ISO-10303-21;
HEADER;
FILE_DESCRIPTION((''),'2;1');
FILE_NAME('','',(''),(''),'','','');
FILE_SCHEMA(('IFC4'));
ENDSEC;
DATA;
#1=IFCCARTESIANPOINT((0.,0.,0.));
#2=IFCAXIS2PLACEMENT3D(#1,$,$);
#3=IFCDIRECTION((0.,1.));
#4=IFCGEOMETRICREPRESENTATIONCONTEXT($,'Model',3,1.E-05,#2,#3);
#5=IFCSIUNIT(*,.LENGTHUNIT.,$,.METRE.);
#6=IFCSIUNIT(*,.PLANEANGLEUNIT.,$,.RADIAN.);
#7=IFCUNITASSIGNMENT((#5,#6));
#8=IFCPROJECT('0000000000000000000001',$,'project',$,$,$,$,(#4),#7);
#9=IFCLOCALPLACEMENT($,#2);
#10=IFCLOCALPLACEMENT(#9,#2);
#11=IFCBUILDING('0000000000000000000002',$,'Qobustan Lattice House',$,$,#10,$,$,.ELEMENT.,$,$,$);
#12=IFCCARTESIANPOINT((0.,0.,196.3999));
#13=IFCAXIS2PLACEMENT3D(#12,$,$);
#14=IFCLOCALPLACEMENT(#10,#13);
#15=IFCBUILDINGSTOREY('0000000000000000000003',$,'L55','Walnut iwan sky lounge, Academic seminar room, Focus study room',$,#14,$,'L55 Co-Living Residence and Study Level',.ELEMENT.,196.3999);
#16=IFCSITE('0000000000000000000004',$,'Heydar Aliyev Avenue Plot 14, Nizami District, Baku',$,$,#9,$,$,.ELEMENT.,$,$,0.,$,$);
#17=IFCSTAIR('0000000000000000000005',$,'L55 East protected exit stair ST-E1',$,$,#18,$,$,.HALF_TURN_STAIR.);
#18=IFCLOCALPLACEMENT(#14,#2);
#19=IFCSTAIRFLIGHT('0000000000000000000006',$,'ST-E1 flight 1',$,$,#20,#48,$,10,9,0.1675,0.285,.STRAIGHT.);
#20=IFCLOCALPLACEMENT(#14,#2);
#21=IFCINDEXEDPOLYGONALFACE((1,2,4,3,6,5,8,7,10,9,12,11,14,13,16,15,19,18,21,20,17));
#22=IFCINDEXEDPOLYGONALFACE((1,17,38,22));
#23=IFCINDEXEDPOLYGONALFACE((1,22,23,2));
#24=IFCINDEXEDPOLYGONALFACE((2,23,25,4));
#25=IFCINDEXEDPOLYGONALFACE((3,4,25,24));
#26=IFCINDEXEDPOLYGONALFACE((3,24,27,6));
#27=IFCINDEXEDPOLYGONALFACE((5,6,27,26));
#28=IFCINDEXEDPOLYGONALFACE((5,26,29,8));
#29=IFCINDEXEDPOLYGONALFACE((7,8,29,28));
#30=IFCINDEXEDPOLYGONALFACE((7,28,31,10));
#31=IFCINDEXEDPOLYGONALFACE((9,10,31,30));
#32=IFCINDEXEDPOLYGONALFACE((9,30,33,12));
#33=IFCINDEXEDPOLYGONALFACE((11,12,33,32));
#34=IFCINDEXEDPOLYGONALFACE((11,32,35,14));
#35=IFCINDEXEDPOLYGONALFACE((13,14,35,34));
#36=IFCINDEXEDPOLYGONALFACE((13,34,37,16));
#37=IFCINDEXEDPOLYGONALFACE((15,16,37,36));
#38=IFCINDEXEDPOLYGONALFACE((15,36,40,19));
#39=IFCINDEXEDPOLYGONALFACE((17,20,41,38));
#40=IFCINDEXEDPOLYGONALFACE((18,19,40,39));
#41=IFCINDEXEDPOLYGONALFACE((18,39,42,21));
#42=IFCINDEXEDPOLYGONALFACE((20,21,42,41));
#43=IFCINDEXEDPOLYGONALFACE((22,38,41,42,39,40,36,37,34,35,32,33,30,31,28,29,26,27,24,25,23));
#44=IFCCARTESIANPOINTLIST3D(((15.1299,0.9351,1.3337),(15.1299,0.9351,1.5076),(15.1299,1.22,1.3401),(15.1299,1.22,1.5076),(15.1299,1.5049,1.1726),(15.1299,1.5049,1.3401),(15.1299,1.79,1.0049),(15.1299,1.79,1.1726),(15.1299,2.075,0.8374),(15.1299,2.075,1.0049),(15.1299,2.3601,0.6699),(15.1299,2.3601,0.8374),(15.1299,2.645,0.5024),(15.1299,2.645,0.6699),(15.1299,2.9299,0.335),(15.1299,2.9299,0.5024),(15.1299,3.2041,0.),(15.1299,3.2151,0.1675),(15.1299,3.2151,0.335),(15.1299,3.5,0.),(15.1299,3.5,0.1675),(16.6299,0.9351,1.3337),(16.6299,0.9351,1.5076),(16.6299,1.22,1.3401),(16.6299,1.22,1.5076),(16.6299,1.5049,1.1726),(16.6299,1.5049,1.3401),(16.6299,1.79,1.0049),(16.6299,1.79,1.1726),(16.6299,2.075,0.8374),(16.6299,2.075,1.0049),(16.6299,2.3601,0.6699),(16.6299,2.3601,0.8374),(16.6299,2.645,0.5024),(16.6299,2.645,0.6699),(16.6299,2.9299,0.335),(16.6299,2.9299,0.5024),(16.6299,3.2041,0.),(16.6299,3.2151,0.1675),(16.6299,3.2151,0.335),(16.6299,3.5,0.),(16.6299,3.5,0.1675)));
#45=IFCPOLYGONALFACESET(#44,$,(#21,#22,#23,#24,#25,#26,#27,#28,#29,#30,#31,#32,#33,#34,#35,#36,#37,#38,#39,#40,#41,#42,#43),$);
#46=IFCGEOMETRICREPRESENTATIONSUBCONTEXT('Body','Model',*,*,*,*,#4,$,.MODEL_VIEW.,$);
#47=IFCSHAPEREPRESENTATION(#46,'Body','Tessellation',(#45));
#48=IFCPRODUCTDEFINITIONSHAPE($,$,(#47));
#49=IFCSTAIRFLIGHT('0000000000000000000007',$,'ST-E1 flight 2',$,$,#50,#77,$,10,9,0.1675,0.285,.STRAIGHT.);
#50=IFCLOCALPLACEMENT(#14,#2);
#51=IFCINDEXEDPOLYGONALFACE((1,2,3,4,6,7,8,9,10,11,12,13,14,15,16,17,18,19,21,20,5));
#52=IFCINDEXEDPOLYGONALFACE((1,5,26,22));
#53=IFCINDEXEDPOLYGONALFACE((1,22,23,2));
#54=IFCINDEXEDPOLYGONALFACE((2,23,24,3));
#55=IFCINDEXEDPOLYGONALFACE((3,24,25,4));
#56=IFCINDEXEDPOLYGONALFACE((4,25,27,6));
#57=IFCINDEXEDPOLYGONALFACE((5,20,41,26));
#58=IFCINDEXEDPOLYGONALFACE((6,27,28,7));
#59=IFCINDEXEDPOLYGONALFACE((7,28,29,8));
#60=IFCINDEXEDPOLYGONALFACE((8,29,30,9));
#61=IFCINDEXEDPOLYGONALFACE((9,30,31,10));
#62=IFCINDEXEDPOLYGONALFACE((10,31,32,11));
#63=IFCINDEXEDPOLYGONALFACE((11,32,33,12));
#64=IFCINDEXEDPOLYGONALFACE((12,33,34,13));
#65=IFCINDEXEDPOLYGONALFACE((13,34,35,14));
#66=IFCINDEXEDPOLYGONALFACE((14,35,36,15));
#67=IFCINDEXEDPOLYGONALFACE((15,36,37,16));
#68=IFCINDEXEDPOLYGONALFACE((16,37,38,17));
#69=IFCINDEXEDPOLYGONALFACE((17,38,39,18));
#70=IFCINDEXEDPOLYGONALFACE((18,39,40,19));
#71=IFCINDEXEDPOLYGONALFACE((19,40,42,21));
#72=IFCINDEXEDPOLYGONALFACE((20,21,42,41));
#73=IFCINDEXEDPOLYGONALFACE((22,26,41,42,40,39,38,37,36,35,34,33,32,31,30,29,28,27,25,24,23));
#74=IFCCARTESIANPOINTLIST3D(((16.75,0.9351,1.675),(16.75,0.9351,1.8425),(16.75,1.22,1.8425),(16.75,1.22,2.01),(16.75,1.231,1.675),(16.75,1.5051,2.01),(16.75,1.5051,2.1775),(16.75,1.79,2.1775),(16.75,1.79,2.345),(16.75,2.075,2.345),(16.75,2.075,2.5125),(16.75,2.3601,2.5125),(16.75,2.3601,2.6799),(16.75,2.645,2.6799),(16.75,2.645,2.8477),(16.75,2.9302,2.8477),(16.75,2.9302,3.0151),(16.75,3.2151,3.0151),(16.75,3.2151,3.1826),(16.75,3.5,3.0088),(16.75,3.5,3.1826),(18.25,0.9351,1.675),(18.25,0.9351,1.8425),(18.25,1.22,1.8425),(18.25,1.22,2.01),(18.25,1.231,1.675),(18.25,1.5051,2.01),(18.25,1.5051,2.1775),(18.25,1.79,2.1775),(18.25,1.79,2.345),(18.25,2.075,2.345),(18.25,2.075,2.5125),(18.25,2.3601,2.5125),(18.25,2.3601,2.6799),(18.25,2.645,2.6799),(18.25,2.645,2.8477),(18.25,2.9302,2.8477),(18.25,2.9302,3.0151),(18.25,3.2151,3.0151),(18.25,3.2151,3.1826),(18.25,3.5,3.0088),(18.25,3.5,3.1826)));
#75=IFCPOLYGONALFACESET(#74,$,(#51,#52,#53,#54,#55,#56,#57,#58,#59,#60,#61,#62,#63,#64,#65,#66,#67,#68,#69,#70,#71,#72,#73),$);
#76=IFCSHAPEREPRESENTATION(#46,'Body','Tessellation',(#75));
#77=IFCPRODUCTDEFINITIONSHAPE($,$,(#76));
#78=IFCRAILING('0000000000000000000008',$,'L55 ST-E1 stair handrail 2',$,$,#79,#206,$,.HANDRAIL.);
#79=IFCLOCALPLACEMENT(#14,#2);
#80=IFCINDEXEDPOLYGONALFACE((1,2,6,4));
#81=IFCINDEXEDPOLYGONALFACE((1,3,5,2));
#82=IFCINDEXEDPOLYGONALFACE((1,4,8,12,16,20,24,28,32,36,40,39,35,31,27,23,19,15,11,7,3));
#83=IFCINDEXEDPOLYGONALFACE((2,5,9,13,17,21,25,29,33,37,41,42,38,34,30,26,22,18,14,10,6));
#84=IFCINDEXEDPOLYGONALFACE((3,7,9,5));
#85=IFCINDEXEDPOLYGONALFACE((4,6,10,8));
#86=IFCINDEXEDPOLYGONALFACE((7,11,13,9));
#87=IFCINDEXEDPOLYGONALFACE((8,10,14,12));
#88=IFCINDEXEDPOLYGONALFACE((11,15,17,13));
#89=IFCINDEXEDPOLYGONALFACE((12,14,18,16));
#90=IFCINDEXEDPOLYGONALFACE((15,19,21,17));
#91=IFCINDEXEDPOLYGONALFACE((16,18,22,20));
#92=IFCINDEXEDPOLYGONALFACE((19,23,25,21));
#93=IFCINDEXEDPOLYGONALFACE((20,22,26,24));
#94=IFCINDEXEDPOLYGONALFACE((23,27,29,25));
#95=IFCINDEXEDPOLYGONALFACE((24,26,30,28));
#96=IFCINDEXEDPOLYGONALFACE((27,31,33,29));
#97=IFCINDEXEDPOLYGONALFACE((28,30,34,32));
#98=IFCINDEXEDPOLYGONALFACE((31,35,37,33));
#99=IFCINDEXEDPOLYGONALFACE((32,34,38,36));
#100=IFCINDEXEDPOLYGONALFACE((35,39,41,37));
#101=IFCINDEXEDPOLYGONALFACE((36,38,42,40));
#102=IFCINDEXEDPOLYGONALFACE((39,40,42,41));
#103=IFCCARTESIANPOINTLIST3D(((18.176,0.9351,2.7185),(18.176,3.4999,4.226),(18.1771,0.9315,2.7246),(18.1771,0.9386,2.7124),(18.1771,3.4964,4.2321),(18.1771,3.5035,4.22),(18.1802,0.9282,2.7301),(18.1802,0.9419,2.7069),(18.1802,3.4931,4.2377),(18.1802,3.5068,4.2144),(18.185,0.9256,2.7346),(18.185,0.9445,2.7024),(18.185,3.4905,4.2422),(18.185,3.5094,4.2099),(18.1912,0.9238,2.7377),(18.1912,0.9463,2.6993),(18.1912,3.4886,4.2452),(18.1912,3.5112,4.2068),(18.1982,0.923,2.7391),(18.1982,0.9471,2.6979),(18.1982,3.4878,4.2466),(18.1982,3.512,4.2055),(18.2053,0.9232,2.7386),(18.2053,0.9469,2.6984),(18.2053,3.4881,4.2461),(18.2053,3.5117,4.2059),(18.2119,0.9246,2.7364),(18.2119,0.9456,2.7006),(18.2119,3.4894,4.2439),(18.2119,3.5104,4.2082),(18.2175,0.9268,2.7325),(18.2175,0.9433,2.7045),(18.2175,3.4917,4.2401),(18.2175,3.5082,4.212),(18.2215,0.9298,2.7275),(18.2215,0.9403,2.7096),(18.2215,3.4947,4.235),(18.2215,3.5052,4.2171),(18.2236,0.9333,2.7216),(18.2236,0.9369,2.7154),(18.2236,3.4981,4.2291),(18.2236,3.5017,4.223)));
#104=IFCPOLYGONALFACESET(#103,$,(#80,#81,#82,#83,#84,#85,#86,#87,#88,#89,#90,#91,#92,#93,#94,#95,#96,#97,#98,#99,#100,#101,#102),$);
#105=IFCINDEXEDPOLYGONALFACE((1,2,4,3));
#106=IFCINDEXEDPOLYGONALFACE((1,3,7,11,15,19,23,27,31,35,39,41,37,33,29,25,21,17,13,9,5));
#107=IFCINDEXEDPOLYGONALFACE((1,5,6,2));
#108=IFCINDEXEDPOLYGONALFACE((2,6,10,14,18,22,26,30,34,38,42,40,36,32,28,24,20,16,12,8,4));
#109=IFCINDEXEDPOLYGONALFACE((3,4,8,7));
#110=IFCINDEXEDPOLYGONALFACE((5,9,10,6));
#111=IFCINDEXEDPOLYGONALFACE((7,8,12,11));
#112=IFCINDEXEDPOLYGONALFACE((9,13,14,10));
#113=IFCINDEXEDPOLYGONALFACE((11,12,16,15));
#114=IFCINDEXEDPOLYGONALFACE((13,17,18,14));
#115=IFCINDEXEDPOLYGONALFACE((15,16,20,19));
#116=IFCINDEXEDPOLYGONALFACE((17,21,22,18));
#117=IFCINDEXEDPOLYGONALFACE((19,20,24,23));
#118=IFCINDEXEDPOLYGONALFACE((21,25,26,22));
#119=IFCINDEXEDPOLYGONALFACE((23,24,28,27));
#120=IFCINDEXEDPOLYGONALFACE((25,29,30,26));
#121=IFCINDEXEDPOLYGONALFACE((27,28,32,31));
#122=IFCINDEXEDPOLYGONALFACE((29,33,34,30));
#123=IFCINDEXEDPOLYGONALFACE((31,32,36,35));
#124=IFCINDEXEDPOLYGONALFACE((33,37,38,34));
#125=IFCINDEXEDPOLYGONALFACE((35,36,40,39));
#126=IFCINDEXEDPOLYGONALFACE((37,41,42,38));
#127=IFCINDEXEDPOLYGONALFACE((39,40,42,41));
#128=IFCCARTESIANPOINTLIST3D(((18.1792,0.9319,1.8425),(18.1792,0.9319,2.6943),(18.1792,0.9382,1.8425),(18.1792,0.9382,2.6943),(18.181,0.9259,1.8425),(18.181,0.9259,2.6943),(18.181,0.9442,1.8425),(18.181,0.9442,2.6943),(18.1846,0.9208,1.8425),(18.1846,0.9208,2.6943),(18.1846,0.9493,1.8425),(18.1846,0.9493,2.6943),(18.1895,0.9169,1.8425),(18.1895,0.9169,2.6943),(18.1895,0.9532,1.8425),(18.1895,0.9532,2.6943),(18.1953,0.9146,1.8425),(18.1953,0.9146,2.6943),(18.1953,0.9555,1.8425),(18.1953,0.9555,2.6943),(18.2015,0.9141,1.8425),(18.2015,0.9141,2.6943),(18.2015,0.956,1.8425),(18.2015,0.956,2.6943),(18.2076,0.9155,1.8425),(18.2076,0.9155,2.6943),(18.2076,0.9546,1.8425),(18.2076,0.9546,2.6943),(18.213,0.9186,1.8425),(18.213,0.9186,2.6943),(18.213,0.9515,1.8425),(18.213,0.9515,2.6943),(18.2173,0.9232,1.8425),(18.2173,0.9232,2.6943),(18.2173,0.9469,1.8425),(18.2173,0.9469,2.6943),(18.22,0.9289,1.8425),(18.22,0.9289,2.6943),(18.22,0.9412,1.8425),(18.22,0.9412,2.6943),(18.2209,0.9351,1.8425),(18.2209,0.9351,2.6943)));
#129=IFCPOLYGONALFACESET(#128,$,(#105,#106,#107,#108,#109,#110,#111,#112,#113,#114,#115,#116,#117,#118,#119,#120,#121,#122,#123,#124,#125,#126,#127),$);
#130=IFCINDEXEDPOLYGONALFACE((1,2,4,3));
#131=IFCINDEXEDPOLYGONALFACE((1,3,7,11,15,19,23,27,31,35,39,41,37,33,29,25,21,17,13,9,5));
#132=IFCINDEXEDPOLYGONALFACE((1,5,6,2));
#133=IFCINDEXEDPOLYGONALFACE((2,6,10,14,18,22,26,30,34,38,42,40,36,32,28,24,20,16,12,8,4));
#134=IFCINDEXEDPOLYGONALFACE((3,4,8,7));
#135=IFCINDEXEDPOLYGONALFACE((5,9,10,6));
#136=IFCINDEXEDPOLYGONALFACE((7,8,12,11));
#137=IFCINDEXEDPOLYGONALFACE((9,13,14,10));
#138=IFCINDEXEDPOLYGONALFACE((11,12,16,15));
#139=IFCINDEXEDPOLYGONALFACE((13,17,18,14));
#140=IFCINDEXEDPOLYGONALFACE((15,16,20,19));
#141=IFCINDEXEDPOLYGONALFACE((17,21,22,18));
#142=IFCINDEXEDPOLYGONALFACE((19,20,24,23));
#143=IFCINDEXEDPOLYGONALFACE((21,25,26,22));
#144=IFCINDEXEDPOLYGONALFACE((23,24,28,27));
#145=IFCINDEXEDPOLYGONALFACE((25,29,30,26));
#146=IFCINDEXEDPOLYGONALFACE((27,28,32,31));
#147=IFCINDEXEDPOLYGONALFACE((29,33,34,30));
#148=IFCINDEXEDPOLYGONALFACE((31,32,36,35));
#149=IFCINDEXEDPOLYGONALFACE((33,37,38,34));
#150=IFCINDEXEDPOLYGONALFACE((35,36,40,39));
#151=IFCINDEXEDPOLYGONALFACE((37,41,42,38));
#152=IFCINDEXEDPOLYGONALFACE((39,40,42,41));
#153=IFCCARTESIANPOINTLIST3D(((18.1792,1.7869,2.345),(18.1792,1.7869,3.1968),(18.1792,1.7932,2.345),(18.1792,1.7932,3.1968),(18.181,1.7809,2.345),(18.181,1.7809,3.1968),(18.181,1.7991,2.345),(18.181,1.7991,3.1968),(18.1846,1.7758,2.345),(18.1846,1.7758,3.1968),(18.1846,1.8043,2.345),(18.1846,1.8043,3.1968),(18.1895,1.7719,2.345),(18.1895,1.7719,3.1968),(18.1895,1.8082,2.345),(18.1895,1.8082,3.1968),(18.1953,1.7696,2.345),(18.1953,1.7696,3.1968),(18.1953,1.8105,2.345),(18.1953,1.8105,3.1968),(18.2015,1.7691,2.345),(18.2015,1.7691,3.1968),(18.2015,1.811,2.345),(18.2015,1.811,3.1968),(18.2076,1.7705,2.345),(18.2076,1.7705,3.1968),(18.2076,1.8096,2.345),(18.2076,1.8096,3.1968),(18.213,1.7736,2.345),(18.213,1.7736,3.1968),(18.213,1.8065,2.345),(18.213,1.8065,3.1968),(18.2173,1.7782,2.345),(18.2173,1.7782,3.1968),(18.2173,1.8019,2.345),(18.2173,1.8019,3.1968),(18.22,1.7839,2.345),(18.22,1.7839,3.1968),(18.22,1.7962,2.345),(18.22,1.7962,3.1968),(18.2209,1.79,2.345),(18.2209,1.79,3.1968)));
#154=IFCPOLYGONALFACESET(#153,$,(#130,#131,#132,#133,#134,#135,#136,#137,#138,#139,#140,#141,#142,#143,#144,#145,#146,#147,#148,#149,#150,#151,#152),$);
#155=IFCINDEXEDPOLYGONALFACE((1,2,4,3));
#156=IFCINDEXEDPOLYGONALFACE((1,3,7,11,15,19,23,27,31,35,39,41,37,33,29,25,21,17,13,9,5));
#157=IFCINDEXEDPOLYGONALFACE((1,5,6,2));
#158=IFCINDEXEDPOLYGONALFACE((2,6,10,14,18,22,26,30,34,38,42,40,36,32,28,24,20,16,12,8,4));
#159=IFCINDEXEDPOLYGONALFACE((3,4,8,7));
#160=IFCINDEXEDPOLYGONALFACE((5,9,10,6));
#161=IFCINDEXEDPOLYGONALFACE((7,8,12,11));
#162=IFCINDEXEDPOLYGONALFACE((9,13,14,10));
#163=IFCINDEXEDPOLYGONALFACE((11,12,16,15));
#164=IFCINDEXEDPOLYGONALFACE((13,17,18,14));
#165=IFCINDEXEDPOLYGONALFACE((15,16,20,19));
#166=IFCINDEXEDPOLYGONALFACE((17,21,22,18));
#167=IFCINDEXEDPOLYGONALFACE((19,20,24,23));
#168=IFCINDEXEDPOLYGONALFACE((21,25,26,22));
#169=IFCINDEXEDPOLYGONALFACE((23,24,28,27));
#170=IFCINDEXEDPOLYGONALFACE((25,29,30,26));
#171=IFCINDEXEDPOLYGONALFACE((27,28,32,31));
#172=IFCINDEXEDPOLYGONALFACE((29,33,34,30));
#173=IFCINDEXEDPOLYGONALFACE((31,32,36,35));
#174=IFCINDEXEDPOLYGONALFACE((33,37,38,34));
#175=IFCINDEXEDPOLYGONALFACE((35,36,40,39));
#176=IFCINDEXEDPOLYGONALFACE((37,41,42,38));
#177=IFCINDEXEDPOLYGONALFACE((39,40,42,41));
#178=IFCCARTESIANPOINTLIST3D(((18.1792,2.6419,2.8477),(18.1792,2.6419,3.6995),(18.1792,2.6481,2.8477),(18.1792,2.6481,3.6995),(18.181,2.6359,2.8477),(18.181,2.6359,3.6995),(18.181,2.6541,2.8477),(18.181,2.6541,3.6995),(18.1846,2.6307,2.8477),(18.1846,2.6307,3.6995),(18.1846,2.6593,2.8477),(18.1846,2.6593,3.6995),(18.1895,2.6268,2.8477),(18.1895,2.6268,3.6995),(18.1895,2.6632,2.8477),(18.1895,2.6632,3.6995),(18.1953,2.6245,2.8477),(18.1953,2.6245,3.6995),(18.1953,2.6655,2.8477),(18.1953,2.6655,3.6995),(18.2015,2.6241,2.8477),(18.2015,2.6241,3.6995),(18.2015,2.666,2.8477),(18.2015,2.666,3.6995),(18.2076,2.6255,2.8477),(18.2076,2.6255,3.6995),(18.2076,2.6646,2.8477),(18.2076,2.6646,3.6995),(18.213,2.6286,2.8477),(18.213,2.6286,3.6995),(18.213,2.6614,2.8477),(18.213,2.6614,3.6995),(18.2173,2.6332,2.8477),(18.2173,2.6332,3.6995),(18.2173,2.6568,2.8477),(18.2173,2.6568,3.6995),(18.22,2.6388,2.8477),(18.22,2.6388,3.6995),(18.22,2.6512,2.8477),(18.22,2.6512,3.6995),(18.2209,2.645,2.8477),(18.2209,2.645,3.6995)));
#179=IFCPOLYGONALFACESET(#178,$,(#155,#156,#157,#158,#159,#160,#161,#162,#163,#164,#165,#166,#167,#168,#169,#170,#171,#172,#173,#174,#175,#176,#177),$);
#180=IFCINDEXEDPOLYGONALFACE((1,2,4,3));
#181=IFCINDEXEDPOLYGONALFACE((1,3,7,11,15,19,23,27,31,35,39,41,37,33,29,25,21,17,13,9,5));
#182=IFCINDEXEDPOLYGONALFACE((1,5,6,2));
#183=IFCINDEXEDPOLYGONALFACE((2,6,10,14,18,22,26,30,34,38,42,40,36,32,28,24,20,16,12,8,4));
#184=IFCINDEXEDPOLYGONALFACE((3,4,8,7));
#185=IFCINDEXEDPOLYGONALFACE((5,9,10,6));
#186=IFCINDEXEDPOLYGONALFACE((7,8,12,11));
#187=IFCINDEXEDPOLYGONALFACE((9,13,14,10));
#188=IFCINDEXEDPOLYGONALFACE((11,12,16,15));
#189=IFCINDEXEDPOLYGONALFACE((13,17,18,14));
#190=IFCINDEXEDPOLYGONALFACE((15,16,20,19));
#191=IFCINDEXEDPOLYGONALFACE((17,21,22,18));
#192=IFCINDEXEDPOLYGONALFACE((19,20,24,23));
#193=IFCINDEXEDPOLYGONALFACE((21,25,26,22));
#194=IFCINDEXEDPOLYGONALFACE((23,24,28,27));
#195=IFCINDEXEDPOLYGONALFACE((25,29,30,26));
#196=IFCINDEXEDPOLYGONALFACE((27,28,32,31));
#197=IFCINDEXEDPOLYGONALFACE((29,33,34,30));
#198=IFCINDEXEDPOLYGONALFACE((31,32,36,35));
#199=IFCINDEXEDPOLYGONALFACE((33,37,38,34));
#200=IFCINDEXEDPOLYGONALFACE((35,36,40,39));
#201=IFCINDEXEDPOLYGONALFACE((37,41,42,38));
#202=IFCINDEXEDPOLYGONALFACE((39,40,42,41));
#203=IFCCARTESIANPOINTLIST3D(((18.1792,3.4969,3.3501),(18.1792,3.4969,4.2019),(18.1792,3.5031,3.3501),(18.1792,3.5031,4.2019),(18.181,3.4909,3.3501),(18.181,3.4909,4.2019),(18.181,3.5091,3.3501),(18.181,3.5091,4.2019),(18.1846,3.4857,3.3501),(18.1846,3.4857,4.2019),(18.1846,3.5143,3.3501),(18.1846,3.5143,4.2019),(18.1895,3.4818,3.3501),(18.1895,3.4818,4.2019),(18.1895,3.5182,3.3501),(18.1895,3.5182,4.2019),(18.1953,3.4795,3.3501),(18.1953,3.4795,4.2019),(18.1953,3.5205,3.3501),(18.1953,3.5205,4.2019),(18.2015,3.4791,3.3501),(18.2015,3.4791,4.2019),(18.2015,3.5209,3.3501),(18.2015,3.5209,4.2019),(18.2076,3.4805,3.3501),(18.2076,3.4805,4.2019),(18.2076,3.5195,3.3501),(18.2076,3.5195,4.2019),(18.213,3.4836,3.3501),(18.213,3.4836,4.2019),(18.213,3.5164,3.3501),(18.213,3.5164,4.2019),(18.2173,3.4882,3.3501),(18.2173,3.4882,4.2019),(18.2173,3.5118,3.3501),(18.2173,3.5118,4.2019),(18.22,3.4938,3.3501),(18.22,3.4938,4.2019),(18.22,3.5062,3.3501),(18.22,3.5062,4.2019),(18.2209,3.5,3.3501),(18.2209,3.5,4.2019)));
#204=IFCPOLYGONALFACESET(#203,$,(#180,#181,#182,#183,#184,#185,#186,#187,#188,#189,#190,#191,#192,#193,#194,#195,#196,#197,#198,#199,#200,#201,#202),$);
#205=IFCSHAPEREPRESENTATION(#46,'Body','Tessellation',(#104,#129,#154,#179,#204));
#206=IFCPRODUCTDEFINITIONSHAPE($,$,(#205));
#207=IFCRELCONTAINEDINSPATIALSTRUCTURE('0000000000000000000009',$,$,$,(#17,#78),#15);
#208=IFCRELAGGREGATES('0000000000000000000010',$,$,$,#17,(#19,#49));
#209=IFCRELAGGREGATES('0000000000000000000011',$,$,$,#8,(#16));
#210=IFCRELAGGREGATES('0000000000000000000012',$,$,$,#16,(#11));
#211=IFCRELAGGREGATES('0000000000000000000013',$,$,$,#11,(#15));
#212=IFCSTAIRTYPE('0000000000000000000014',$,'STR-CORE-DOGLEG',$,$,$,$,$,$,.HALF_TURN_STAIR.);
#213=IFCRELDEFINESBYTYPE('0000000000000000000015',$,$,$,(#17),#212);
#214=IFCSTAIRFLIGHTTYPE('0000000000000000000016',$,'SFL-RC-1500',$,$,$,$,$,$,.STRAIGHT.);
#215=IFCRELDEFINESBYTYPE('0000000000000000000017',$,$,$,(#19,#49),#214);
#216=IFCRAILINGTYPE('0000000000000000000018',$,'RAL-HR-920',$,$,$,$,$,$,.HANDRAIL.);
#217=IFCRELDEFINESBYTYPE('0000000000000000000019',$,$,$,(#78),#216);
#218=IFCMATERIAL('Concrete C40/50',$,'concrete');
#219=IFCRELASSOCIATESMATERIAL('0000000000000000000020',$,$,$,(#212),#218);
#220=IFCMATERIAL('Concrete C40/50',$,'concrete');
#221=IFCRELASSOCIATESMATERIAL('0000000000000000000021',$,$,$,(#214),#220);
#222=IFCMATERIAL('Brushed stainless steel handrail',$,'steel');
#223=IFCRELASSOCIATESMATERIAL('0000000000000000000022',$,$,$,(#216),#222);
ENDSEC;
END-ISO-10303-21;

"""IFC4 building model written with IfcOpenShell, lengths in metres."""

from ifc_helpers import new_model, si_unit, direction, frame, origin, origin_2d, place, context, subcontext, project, spatial, polyline, circle, outline, extrude, material, type_object, element, aggregate, save


model = new_model("IFC4")

# Units and contexts
model_context = context("Model", 3, precision=1e-05, world=origin(), true_north=direction((0.0, 1.0)))
body_context = subcontext(model_context, "Body", "Model", "MODEL_VIEW")
ifc_project = project(units=[si_unit("LENGTHUNIT", "METRE"), si_unit("PLANEANGLEUNIT", "RADIAN")], contexts=[model_context])

# Site, building, storey
site_placement = place(None, origin())
site = spatial("IfcSite", under=ifc_project, at=site_placement, Name="Heydar Aliyev Avenue Plot 14, Nizami District, Baku", CompositionType="ELEMENT", RefElevation=0.0)
building_placement = place(site_placement, origin())
building = spatial("IfcBuilding", under=site, at=building_placement, Name="Qobustan Lattice House", CompositionType="ELEMENT")
storey_placement = place(building_placement, frame((0.0, 0.0, 196.3999)))
storey = spatial("IfcBuildingStorey", under=building, at=storey_placement, Name="L55", Description="Walnut iwan sky lounge, Academic seminar room, Focus study room", LongName="L55 Co-Living Residence and Study Level", CompositionType="ELEMENT", Elevation=196.3999)

# Stair, stair flights
ifc_material_1 = material(Name="Concrete C40/50", Category="concrete")
stair_type = type_object("IfcStairType", Name="STR-CORE-DOGLEG", PredefinedType="HALF_TURN_STAIR", material=ifc_material_1)
stair_placement = place(storey_placement, origin())
stair = element("IfcStair", 1, at=stair_placement, inside=storey, type_object=stair_type, Name="L55 East protected exit stair ST-E1", PredefinedType="HALF_TURN_STAIR")
ifc_material_2 = material(Name="Concrete C40/50", Category="concrete")
stair_flight_type = type_object("IfcStairFlightType", Name="SFL-RC-1500", PredefinedType="STRAIGHT", material=ifc_material_2)
stair_flight_1_placement = place(storey_placement, frame((15.8799, 3.5, 0.0), z_axis=(0.0, 0.0, 1.0), x_axis=(0.0, -1.0, 0.0)))
stair_flight_1 = element("IfcStairFlight", 2, at=stair_flight_1_placement, type_object=stair_flight_type, Name="ST-E1 flight 1", NumberOfRisers=10, NumberOfTreads=9, PredefinedType="STRAIGHT", RiserHeight=0.1675, TreadLength=0.285, context=body_context, shape_type="SweptSolid", body=[
    extrude(outline(polyline([(0.0, 0.0), (0.0, 0.1675), (0.2849, 0.1675), (0.2849, 0.335), (0.5701, 0.335), (0.5701, 0.5024), (0.855, 0.5024), (0.855, 0.6699), (1.1399, 0.6699), (1.1399, 0.8374), (1.425, 0.8374), (1.425, 1.0049), (1.71, 1.0049), (1.71, 1.1726), (1.9951, 1.1726), (1.9951, 1.3401), (2.28, 1.3401), (2.28, 1.5076), (2.5649, 1.5076), (2.5649, 1.675), (2.5649, 1.3337), (0.2959, 0.0), (0.0, 0.0)])), frame((0.0, 0.75, 0.0), z_axis=(0.0, -1.0, 0.0), x_axis=(1.0, 0.0, 0.0)), (0.0, 0.0, 1.0), 1.5),
])
stair_flight_2_placement = place(storey_placement, frame((17.5, 0.9351, 1.675), z_axis=(0.0, 0.0, 1.0), x_axis=(0.0, 1.0, 0.0)))
stair_flight_2 = element("IfcStairFlight", 3, at=stair_flight_2_placement, type_object=stair_flight_type, Name="ST-E1 flight 2", NumberOfRisers=10, NumberOfTreads=9, PredefinedType="STRAIGHT", RiserHeight=0.1675, TreadLength=0.285, context=body_context, shape_type="SweptSolid", body=[
    extrude(outline(polyline([(0.0, 0.0), (0.0, 0.1675), (0.2849, 0.1675), (0.2849, 0.335), (0.5701, 0.335), (0.5701, 0.5024), (0.855, 0.5024), (0.855, 0.6699), (1.1399, 0.6699), (1.1399, 0.8374), (1.425, 0.8374), (1.425, 1.0049), (1.71, 1.0049), (1.71, 1.1726), (1.9951, 1.1726), (1.9951, 1.3401), (2.28, 1.3401), (2.28, 1.5076), (2.5649, 1.5076), (2.5649, 1.675), (2.5649, 1.3337), (0.2959, 0.0), (0.0, 0.0)])), frame((0.0, 0.75, 0.0), z_axis=(0.0, -1.0, 0.0), x_axis=(1.0, 0.0, 0.0)), (0.0, 0.0, 1.0), 1.5),
])
aggregate(stair, [stair_flight_1, stair_flight_2])

# Railing
ifc_material_3 = material(Name="Brushed stainless steel handrail", Category="steel")
railing_type_1 = type_object("IfcRailingType", Name="RAL-HR-920", PredefinedType="HANDRAIL", material=ifc_material_3)
railing_1_placement = place(storey_placement, frame((18.2, 0.9351, 1.8425)))
element("IfcRailing", 4, at=railing_1_placement, inside=storey, type_object=railing_type_1, Name="L55 ST-E1 stair handrail 2", PredefinedType="HANDRAIL", context=body_context, shape_type="SweptSolid", body=[
    extrude(circle(Radius=0.0239, at=origin_2d()), frame((0.0, 0.0, 0.876), z_axis=(0.0, 0.862113, 0.506715), x_axis=(-1.0, 0.0, 0.0)), (0.0, 0.0, 1.0), 2.9751),
    extrude(circle(Radius=0.021, at=origin_2d()), origin(), (0.0, 0.0, 1.0), 0.8518),
    extrude(circle(Radius=0.021, at=origin_2d()), frame((0.0, 0.855, 0.5024)), (0.0, 0.0, 1.0), 0.8518),
    extrude(circle(Radius=0.021, at=origin_2d()), frame((0.0, 1.71, 1.0051)), (0.0, 0.0, 1.0), 0.8518),
    extrude(circle(Radius=0.021, at=origin_2d()), frame((0.0, 2.5649, 1.5076)), (0.0, 0.0, 1.0), 0.8518),
])

save(model, "model.ifc")
